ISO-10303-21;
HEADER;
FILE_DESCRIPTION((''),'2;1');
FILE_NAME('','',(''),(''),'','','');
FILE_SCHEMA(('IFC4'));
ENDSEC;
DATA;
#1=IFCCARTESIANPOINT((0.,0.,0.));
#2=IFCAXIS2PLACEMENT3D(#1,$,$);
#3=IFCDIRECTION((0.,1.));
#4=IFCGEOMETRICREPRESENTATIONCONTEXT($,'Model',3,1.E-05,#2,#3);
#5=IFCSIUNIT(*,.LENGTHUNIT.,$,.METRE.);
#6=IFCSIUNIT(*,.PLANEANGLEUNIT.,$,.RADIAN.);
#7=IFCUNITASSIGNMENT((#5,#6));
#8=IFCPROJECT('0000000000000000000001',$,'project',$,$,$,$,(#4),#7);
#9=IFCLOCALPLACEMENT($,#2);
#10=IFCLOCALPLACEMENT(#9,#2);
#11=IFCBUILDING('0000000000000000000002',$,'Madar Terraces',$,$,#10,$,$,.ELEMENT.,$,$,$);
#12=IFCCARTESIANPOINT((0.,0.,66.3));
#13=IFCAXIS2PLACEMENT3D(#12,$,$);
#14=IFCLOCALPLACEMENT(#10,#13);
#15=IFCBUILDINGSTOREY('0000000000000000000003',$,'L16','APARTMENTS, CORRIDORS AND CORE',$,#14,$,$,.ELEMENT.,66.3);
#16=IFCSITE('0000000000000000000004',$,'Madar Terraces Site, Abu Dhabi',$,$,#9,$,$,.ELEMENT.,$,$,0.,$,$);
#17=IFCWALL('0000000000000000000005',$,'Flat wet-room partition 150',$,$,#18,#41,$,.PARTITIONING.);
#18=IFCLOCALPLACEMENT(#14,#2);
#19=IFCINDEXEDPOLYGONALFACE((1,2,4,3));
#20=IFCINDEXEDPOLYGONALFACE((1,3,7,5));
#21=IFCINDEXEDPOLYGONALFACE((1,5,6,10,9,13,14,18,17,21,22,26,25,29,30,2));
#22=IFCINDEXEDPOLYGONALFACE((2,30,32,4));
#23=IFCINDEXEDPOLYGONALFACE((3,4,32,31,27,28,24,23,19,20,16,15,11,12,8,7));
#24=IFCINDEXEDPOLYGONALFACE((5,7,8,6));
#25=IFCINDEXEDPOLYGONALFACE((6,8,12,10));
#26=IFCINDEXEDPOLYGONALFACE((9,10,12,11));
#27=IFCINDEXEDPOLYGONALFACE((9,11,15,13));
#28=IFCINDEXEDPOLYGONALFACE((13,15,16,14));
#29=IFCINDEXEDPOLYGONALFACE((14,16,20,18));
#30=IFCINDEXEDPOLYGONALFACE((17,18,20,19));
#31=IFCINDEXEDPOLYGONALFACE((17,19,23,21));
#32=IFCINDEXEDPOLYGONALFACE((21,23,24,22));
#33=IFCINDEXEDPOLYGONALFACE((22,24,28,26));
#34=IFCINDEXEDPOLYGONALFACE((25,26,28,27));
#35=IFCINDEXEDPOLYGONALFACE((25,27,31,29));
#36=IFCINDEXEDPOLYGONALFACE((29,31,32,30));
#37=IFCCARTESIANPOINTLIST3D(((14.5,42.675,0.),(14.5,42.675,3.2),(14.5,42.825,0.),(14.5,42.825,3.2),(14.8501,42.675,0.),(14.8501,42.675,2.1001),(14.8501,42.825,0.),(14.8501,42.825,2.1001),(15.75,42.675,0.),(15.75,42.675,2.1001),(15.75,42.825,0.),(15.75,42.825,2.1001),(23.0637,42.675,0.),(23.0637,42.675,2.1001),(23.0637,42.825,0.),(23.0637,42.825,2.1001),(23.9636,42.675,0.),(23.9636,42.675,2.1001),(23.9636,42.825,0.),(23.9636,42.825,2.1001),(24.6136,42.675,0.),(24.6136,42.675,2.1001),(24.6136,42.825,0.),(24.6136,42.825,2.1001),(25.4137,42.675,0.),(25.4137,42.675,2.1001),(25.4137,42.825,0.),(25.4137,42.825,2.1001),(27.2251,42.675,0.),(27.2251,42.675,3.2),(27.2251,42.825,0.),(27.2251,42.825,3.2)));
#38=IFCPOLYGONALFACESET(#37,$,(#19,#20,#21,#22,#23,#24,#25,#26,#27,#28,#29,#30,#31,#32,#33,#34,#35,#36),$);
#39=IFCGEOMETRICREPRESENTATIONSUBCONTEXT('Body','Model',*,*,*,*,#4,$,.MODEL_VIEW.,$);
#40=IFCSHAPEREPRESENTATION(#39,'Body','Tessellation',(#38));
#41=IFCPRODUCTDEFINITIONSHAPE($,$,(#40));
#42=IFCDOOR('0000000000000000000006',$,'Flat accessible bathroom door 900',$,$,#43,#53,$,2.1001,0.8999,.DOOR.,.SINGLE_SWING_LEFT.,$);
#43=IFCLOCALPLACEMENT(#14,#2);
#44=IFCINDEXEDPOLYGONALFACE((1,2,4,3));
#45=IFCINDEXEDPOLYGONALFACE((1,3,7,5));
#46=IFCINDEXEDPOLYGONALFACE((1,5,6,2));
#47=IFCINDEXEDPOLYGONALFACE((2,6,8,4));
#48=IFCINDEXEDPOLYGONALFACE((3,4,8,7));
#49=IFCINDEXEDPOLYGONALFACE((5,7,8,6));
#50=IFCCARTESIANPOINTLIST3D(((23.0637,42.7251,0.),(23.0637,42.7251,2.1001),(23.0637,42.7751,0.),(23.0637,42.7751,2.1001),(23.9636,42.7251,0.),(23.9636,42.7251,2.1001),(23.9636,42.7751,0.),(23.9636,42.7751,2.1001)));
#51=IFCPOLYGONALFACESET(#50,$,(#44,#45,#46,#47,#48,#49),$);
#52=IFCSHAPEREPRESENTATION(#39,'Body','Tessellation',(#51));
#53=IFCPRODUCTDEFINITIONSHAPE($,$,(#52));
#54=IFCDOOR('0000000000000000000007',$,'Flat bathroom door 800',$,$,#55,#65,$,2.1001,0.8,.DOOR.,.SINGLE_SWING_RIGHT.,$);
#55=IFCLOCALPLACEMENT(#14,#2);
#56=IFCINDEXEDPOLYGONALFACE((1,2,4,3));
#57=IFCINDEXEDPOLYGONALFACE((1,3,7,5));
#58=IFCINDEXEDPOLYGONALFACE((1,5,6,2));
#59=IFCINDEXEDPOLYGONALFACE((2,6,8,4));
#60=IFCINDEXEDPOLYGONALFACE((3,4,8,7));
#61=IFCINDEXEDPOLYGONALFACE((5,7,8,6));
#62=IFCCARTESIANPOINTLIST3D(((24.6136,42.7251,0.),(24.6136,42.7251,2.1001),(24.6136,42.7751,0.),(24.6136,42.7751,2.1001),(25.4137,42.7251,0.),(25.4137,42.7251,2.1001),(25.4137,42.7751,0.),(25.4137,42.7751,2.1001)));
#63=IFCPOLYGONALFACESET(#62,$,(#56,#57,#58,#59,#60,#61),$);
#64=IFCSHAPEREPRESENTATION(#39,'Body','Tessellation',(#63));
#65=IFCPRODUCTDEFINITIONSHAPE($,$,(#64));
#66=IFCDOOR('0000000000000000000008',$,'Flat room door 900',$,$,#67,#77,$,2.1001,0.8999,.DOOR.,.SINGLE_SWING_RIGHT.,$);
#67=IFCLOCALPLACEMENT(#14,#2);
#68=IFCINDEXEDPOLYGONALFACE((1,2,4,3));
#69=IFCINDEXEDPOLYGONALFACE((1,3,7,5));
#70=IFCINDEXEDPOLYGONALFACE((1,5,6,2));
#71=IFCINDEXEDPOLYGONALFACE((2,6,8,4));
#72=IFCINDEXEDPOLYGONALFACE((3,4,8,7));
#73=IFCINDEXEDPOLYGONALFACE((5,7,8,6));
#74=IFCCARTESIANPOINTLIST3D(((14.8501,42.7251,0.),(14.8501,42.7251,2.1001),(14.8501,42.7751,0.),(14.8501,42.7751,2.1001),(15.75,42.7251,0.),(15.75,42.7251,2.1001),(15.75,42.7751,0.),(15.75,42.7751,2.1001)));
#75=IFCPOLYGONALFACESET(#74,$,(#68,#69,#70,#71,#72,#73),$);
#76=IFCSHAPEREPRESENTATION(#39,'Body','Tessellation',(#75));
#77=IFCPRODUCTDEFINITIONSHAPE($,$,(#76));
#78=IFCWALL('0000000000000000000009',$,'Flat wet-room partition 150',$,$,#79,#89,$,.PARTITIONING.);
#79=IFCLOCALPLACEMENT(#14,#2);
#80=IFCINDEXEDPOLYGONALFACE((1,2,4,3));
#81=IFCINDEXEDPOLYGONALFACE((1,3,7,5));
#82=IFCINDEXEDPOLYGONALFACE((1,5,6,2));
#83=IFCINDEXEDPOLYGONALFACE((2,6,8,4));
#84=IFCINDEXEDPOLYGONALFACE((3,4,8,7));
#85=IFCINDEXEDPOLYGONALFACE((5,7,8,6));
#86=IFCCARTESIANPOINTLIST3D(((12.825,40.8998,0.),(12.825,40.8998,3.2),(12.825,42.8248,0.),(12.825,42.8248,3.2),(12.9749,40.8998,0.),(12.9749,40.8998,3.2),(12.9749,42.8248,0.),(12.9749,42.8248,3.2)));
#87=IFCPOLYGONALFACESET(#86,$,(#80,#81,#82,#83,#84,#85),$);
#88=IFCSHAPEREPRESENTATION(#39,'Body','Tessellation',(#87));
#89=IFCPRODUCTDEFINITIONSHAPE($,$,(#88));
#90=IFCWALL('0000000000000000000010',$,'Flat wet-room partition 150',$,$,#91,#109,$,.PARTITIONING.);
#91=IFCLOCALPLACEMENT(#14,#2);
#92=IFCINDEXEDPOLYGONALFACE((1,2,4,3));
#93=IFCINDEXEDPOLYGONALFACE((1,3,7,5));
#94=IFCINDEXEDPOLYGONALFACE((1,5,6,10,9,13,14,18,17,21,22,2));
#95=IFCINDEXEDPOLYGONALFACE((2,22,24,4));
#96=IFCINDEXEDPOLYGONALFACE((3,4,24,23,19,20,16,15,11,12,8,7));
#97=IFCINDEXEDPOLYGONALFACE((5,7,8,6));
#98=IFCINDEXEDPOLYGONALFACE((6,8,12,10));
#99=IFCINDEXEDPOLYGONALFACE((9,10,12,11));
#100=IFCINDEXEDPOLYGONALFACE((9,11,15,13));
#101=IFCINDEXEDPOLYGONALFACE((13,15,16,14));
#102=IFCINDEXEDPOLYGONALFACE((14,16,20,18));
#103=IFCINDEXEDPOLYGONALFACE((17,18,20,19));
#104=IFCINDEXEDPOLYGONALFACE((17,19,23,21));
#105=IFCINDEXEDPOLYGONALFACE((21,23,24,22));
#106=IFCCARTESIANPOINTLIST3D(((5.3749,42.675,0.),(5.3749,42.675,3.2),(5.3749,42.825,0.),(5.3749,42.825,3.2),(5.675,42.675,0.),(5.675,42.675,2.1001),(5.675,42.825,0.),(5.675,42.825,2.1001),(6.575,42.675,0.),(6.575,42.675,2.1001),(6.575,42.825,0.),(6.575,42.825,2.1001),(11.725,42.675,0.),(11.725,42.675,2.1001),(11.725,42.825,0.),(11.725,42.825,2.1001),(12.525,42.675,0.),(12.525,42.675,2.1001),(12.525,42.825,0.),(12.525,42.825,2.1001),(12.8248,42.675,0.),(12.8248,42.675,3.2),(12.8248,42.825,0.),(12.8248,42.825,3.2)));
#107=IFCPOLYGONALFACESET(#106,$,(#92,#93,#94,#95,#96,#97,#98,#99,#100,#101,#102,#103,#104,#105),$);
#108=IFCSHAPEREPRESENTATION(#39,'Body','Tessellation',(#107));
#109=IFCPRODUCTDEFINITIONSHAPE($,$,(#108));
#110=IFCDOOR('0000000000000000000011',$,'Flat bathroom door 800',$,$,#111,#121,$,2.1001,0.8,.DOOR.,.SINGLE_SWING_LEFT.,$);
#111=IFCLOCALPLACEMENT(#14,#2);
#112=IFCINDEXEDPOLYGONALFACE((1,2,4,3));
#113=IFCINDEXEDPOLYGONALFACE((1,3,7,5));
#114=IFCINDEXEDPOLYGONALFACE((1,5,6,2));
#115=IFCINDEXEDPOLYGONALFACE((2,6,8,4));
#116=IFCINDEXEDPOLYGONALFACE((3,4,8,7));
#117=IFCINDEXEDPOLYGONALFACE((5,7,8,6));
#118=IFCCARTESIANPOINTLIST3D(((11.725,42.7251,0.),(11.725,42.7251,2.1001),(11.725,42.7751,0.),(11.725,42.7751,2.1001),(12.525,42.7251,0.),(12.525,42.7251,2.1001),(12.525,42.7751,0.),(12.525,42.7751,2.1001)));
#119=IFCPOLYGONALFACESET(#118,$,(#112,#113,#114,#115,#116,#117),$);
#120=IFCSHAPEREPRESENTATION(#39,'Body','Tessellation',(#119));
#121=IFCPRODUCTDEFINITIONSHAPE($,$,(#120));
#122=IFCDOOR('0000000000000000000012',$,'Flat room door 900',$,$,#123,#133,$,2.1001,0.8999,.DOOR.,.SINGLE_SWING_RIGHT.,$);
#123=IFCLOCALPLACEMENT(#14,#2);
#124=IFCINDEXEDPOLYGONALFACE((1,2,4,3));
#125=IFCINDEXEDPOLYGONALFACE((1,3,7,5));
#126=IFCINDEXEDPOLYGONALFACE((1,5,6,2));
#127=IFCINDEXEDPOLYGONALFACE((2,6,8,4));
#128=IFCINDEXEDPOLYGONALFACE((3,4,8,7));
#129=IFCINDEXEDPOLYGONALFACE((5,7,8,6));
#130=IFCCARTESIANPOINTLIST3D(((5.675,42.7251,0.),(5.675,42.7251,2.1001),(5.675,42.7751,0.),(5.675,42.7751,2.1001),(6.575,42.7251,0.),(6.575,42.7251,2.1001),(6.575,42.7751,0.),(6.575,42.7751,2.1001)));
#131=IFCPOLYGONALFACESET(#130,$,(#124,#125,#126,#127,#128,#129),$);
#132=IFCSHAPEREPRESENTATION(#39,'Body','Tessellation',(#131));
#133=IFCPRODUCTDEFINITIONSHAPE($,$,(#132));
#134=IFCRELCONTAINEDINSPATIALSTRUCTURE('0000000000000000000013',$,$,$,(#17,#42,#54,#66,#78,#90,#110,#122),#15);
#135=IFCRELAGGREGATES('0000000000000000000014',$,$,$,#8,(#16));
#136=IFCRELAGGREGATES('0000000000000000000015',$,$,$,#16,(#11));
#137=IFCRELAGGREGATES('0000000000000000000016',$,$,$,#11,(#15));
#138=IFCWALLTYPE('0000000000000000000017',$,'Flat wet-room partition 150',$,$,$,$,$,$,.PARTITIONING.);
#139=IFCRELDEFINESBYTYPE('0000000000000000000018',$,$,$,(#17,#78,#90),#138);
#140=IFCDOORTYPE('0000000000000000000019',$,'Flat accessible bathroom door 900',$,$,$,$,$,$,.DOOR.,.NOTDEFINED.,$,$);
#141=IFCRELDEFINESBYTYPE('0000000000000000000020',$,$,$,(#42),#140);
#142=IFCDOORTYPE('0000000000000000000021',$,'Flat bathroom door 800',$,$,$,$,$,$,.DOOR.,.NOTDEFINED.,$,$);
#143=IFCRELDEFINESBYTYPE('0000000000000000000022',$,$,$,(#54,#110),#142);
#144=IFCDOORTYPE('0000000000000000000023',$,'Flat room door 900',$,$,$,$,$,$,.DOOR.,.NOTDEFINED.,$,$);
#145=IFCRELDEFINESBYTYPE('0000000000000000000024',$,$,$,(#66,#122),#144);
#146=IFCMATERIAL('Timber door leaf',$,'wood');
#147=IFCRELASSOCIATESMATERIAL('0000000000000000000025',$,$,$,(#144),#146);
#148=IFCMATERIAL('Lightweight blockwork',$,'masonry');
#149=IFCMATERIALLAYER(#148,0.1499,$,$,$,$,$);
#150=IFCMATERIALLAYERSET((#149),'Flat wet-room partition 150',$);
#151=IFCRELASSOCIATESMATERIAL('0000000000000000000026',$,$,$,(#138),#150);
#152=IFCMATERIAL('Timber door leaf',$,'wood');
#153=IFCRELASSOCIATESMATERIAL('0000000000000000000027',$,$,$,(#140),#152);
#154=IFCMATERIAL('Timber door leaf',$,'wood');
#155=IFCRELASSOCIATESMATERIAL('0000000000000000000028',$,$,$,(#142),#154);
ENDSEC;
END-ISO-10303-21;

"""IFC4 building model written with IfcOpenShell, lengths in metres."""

from ifc_helpers import new_model, si_unit, direction, frame, frame_2d, origin, place, context, subcontext, project, spatial, rectangle, extrude, material, layer, layer_set, type_object, element, fill, save


model = new_model("IFC4")

# Units and contexts
model_context = context("Model", 3, precision=1e-05, world=origin(), true_north=direction((0.0, 1.0)))
body_context = subcontext(model_context, "Body", "Model", "MODEL_VIEW")
ifc_project = project(units=[si_unit("LENGTHUNIT", "METRE"), si_unit("PLANEANGLEUNIT", "RADIAN")], contexts=[model_context])

# Site, building, storey
site_placement = place(None, origin())
site = spatial("IfcSite", under=ifc_project, at=site_placement, Name="Madar Terraces Site, Abu Dhabi", CompositionType="ELEMENT", RefElevation=0.0)
building_placement = place(site_placement, origin())
building = spatial("IfcBuilding", under=site, at=building_placement, Name="Madar Terraces", CompositionType="ELEMENT")
storey_placement = place(building_placement, frame((0.0, 0.0, 66.3)))
storey = spatial("IfcBuildingStorey", under=building, at=storey_placement, Name="L16", Description="APARTMENTS, CORRIDORS AND CORE", CompositionType="ELEMENT", Elevation=66.3)

# Shared definitions
ifc_material_1 = material(Name="Timber door leaf", Category="wood")
door_type_1 = type_object("IfcDoorType", Name="Flat room door 900", OperationType="NOTDEFINED", PredefinedType="DOOR", material=ifc_material_1)

# Shared definitions
ifc_material_2 = material(Name="Lightweight blockwork", Category="masonry")
ifc_layer_1 = layer(ifc_material_2, 0.1499)
ifc_layer_set_1 = layer_set([ifc_layer_1], Name="Flat wet-room partition 150")
wall_type_1 = type_object("IfcWallType", Name="Flat wet-room partition 150", PredefinedType="PARTITIONING", material=ifc_layer_set_1)

# Wall, openings, doors
wall_1_placement = place(storey_placement, frame((27.2251, 42.75, 0.0), z_axis=(0.0, 0.0, 1.0), x_axis=(-1.0, 0.0, 0.0)))
wall_1 = element("IfcWall", 1, at=wall_1_placement, inside=storey, type_object=wall_type_1, Name="Flat wet-room partition 150", PredefinedType="PARTITIONING", context=body_context, shape_type="SweptSolid", body=[
    extrude(rectangle(XDim=12.7251, YDim=0.1499, at=frame_2d((6.3625, 0.0))), origin(), (0.0, 0.0, 1.0), 3.2),
])
opening_1_placement = place(wall_1_placement, frame((1.8115, 0.0, 0.0)))
opening_1 = element("IfcOpeningElement", 2, at=opening_1_placement, cuts=wall_1, PredefinedType="OPENING", context=body_context, shape_type="SweptSolid", body=[
    extrude(rectangle(XDim=0.8, YDim=2.1001, at=frame_2d((0.3999, 1.05))), frame((0.0, 0.085, 0.0), z_axis=(0.0, -1.0, 0.0), x_axis=(1.0, 0.0, 0.0)), (0.0, 0.0, 1.0), 0.1699),
])
opening_2_placement = place(wall_1_placement, frame((3.2615, 0.0, 0.0)))
opening_2 = element("IfcOpeningElement", 3, at=opening_2_placement, cuts=wall_1, PredefinedType="OPENING", context=body_context, shape_type="SweptSolid", body=[
    extrude(rectangle(XDim=0.8999, YDim=2.1001, at=frame_2d((0.45, 1.05))), frame((0.0, 0.085, 0.0), z_axis=(0.0, -1.0, 0.0), x_axis=(1.0, 0.0, 0.0)), (0.0, 0.0, 1.0), 0.1699),
])
opening_3_placement = place(wall_1_placement, frame((11.4751, 0.0, 0.0)))
opening_3 = element("IfcOpeningElement", 4, at=opening_3_placement, cuts=wall_1, PredefinedType="OPENING", context=body_context, shape_type="SweptSolid", body=[
    extrude(rectangle(XDim=0.8999, YDim=2.1001, at=frame_2d((0.45, 1.05))), frame((0.0, 0.085, 0.0), z_axis=(0.0, -1.0, 0.0), x_axis=(1.0, 0.0, 0.0)), (0.0, 0.0, 1.0), 0.1699),
])
ifc_material_3 = material(Name="Timber door leaf", Category="wood")
door_type_2 = type_object("IfcDoorType", Name="Flat accessible bathroom door 900", OperationType="NOTDEFINED", PredefinedType="DOOR", material=ifc_material_3)
door_1_placement = place(opening_2_placement, origin())
door_1 = element("IfcDoor", 5, at=door_1_placement, inside=storey, type_object=door_type_2, Name="Flat accessible bathroom door 900", OperationType="SINGLE_SWING_LEFT", OverallHeight=2.1001, OverallWidth=0.8999, PredefinedType="DOOR", context=body_context, shape_type="SweptSolid", body=[
    extrude(rectangle(XDim=0.8999, YDim=2.1001, at=frame_2d((0.45, 1.05))), frame((0.0, 0.0249, 0.0), z_axis=(0.0, -1.0, 0.0), x_axis=(1.0, 0.0, 0.0)), (0.0, 0.0, 1.0), 0.05),
])
fill(opening_2, door_1)
ifc_material_4 = material(Name="Timber door leaf", Category="wood")
door_type_3 = type_object("IfcDoorType", Name="Flat bathroom door 800", OperationType="NOTDEFINED", PredefinedType="DOOR", material=ifc_material_4)
door_2_placement = place(opening_1_placement, origin())
door_2 = element("IfcDoor", 6, at=door_2_placement, inside=storey, type_object=door_type_3, Name="Flat bathroom door 800", OperationType="SINGLE_SWING_RIGHT", OverallHeight=2.1001, OverallWidth=0.8, PredefinedType="DOOR", context=body_context, shape_type="SweptSolid", body=[
    extrude(rectangle(XDim=0.8, YDim=2.1001, at=frame_2d((0.3999, 1.05))), frame((0.0, 0.0249, 0.0), z_axis=(0.0, -1.0, 0.0), x_axis=(1.0, 0.0, 0.0)), (0.0, 0.0, 1.0), 0.05),
])
fill(opening_1, door_2)
door_3_placement = place(opening_3_placement, origin())
door_3 = element("IfcDoor", 7, at=door_3_placement, inside=storey, type_object=door_type_1, Name="Flat room door 900", OperationType="SINGLE_SWING_RIGHT", OverallHeight=2.1001, OverallWidth=0.8999, PredefinedType="DOOR", context=body_context, shape_type="SweptSolid", body=[
    extrude(rectangle(XDim=0.8999, YDim=2.1001, at=frame_2d((0.45, 1.05))), frame((0.0, 0.0249, 0.0), z_axis=(0.0, -1.0, 0.0), x_axis=(1.0, 0.0, 0.0)), (0.0, 0.0, 1.0), 0.05),
])
fill(opening_3, door_3)

# Wall
wall_2_placement = place(storey_placement, frame((12.8999, 40.8999, 0.0), z_axis=(0.0, 0.0, 1.0), x_axis=(0.0, 1.0, 0.0)))
element("IfcWall", 8, at=wall_2_placement, inside=storey, type_object=wall_type_1, Name="Flat wet-room partition 150", PredefinedType="PARTITIONING", context=body_context, shape_type="SweptSolid", body=[
    extrude(rectangle(XDim=1.925, YDim=0.1499, at=frame_2d((0.9624, 0.0))), origin(), (0.0, 0.0, 1.0), 3.2),
])

# Wall, openings, doors
wall_3_placement = place(storey_placement, frame((12.825, 42.75, 0.0), z_axis=(0.0, 0.0, 1.0), x_axis=(-1.0, 0.0, 0.0)))
wall_3 = element("IfcWall", 9, at=wall_3_placement, inside=storey, type_object=wall_type_1, Name="Flat wet-room partition 150", PredefinedType="PARTITIONING", context=body_context, shape_type="SweptSolid", body=[
    extrude(rectangle(XDim=7.45, YDim=0.1499, at=frame_2d((3.7251, 0.0))), origin(), (0.0, 0.0, 1.0), 3.2),
])
opening_4_placement = place(wall_3_placement, frame((0.3, 0.0, 0.0)))
opening_4 = element("IfcOpeningElement", 10, at=opening_4_placement, cuts=wall_3, PredefinedType="OPENING", context=body_context, shape_type="SweptSolid", body=[
    extrude(rectangle(XDim=0.8, YDim=2.1001, at=frame_2d((0.3999, 1.05))), frame((0.0, 0.085, 0.0), z_axis=(0.0, -1.0, 0.0), x_axis=(1.0, 0.0, 0.0)), (0.0, 0.0, 1.0), 0.1699),
])
opening_5_placement = place(wall_3_placement, frame((6.25, 0.0, 0.0)))
opening_5 = element("IfcOpeningElement", 11, at=opening_5_placement, cuts=wall_3, PredefinedType="OPENING", context=body_context, shape_type="SweptSolid", body=[
    extrude(rectangle(XDim=0.8999, YDim=2.1001, at=frame_2d((0.45, 1.05))), frame((0.0, 0.085, 0.0), z_axis=(0.0, -1.0, 0.0), x_axis=(1.0, 0.0, 0.0)), (0.0, 0.0, 1.0), 0.1699),
])
door_4_placement = place(opening_4_placement, origin())
door_4 = element("IfcDoor", 12, at=door_4_placement, inside=storey, type_object=door_type_3, Name="Flat bathroom door 800", OperationType="SINGLE_SWING_LEFT", OverallHeight=2.1001, OverallWidth=0.8, PredefinedType="DOOR", context=body_context, shape_type="SweptSolid", body=[
    extrude(rectangle(XDim=0.8, YDim=2.1001, at=frame_2d((0.3999, 1.05))), frame((0.0, 0.0249, 0.0), z_axis=(0.0, -1.0, 0.0), x_axis=(1.0, 0.0, 0.0)), (0.0, 0.0, 1.0), 0.05),
])
fill(opening_4, door_4)
door_5_placement = place(opening_5_placement, origin())
door_5 = element("IfcDoor", 13, at=door_5_placement, inside=storey, type_object=door_type_1, Name="Flat room door 900", OperationType="SINGLE_SWING_RIGHT", OverallHeight=2.1001, OverallWidth=0.8999, PredefinedType="DOOR", context=body_context, shape_type="SweptSolid", body=[
    extrude(rectangle(XDim=0.8999, YDim=2.1001, at=frame_2d((0.45, 1.05))), frame((0.0, 0.0249, 0.0), z_axis=(0.0, -1.0, 0.0), x_axis=(1.0, 0.0, 0.0)), (0.0, 0.0, 1.0), 0.05),
])
fill(opening_5, door_5)

save(model, "model.ifc")
